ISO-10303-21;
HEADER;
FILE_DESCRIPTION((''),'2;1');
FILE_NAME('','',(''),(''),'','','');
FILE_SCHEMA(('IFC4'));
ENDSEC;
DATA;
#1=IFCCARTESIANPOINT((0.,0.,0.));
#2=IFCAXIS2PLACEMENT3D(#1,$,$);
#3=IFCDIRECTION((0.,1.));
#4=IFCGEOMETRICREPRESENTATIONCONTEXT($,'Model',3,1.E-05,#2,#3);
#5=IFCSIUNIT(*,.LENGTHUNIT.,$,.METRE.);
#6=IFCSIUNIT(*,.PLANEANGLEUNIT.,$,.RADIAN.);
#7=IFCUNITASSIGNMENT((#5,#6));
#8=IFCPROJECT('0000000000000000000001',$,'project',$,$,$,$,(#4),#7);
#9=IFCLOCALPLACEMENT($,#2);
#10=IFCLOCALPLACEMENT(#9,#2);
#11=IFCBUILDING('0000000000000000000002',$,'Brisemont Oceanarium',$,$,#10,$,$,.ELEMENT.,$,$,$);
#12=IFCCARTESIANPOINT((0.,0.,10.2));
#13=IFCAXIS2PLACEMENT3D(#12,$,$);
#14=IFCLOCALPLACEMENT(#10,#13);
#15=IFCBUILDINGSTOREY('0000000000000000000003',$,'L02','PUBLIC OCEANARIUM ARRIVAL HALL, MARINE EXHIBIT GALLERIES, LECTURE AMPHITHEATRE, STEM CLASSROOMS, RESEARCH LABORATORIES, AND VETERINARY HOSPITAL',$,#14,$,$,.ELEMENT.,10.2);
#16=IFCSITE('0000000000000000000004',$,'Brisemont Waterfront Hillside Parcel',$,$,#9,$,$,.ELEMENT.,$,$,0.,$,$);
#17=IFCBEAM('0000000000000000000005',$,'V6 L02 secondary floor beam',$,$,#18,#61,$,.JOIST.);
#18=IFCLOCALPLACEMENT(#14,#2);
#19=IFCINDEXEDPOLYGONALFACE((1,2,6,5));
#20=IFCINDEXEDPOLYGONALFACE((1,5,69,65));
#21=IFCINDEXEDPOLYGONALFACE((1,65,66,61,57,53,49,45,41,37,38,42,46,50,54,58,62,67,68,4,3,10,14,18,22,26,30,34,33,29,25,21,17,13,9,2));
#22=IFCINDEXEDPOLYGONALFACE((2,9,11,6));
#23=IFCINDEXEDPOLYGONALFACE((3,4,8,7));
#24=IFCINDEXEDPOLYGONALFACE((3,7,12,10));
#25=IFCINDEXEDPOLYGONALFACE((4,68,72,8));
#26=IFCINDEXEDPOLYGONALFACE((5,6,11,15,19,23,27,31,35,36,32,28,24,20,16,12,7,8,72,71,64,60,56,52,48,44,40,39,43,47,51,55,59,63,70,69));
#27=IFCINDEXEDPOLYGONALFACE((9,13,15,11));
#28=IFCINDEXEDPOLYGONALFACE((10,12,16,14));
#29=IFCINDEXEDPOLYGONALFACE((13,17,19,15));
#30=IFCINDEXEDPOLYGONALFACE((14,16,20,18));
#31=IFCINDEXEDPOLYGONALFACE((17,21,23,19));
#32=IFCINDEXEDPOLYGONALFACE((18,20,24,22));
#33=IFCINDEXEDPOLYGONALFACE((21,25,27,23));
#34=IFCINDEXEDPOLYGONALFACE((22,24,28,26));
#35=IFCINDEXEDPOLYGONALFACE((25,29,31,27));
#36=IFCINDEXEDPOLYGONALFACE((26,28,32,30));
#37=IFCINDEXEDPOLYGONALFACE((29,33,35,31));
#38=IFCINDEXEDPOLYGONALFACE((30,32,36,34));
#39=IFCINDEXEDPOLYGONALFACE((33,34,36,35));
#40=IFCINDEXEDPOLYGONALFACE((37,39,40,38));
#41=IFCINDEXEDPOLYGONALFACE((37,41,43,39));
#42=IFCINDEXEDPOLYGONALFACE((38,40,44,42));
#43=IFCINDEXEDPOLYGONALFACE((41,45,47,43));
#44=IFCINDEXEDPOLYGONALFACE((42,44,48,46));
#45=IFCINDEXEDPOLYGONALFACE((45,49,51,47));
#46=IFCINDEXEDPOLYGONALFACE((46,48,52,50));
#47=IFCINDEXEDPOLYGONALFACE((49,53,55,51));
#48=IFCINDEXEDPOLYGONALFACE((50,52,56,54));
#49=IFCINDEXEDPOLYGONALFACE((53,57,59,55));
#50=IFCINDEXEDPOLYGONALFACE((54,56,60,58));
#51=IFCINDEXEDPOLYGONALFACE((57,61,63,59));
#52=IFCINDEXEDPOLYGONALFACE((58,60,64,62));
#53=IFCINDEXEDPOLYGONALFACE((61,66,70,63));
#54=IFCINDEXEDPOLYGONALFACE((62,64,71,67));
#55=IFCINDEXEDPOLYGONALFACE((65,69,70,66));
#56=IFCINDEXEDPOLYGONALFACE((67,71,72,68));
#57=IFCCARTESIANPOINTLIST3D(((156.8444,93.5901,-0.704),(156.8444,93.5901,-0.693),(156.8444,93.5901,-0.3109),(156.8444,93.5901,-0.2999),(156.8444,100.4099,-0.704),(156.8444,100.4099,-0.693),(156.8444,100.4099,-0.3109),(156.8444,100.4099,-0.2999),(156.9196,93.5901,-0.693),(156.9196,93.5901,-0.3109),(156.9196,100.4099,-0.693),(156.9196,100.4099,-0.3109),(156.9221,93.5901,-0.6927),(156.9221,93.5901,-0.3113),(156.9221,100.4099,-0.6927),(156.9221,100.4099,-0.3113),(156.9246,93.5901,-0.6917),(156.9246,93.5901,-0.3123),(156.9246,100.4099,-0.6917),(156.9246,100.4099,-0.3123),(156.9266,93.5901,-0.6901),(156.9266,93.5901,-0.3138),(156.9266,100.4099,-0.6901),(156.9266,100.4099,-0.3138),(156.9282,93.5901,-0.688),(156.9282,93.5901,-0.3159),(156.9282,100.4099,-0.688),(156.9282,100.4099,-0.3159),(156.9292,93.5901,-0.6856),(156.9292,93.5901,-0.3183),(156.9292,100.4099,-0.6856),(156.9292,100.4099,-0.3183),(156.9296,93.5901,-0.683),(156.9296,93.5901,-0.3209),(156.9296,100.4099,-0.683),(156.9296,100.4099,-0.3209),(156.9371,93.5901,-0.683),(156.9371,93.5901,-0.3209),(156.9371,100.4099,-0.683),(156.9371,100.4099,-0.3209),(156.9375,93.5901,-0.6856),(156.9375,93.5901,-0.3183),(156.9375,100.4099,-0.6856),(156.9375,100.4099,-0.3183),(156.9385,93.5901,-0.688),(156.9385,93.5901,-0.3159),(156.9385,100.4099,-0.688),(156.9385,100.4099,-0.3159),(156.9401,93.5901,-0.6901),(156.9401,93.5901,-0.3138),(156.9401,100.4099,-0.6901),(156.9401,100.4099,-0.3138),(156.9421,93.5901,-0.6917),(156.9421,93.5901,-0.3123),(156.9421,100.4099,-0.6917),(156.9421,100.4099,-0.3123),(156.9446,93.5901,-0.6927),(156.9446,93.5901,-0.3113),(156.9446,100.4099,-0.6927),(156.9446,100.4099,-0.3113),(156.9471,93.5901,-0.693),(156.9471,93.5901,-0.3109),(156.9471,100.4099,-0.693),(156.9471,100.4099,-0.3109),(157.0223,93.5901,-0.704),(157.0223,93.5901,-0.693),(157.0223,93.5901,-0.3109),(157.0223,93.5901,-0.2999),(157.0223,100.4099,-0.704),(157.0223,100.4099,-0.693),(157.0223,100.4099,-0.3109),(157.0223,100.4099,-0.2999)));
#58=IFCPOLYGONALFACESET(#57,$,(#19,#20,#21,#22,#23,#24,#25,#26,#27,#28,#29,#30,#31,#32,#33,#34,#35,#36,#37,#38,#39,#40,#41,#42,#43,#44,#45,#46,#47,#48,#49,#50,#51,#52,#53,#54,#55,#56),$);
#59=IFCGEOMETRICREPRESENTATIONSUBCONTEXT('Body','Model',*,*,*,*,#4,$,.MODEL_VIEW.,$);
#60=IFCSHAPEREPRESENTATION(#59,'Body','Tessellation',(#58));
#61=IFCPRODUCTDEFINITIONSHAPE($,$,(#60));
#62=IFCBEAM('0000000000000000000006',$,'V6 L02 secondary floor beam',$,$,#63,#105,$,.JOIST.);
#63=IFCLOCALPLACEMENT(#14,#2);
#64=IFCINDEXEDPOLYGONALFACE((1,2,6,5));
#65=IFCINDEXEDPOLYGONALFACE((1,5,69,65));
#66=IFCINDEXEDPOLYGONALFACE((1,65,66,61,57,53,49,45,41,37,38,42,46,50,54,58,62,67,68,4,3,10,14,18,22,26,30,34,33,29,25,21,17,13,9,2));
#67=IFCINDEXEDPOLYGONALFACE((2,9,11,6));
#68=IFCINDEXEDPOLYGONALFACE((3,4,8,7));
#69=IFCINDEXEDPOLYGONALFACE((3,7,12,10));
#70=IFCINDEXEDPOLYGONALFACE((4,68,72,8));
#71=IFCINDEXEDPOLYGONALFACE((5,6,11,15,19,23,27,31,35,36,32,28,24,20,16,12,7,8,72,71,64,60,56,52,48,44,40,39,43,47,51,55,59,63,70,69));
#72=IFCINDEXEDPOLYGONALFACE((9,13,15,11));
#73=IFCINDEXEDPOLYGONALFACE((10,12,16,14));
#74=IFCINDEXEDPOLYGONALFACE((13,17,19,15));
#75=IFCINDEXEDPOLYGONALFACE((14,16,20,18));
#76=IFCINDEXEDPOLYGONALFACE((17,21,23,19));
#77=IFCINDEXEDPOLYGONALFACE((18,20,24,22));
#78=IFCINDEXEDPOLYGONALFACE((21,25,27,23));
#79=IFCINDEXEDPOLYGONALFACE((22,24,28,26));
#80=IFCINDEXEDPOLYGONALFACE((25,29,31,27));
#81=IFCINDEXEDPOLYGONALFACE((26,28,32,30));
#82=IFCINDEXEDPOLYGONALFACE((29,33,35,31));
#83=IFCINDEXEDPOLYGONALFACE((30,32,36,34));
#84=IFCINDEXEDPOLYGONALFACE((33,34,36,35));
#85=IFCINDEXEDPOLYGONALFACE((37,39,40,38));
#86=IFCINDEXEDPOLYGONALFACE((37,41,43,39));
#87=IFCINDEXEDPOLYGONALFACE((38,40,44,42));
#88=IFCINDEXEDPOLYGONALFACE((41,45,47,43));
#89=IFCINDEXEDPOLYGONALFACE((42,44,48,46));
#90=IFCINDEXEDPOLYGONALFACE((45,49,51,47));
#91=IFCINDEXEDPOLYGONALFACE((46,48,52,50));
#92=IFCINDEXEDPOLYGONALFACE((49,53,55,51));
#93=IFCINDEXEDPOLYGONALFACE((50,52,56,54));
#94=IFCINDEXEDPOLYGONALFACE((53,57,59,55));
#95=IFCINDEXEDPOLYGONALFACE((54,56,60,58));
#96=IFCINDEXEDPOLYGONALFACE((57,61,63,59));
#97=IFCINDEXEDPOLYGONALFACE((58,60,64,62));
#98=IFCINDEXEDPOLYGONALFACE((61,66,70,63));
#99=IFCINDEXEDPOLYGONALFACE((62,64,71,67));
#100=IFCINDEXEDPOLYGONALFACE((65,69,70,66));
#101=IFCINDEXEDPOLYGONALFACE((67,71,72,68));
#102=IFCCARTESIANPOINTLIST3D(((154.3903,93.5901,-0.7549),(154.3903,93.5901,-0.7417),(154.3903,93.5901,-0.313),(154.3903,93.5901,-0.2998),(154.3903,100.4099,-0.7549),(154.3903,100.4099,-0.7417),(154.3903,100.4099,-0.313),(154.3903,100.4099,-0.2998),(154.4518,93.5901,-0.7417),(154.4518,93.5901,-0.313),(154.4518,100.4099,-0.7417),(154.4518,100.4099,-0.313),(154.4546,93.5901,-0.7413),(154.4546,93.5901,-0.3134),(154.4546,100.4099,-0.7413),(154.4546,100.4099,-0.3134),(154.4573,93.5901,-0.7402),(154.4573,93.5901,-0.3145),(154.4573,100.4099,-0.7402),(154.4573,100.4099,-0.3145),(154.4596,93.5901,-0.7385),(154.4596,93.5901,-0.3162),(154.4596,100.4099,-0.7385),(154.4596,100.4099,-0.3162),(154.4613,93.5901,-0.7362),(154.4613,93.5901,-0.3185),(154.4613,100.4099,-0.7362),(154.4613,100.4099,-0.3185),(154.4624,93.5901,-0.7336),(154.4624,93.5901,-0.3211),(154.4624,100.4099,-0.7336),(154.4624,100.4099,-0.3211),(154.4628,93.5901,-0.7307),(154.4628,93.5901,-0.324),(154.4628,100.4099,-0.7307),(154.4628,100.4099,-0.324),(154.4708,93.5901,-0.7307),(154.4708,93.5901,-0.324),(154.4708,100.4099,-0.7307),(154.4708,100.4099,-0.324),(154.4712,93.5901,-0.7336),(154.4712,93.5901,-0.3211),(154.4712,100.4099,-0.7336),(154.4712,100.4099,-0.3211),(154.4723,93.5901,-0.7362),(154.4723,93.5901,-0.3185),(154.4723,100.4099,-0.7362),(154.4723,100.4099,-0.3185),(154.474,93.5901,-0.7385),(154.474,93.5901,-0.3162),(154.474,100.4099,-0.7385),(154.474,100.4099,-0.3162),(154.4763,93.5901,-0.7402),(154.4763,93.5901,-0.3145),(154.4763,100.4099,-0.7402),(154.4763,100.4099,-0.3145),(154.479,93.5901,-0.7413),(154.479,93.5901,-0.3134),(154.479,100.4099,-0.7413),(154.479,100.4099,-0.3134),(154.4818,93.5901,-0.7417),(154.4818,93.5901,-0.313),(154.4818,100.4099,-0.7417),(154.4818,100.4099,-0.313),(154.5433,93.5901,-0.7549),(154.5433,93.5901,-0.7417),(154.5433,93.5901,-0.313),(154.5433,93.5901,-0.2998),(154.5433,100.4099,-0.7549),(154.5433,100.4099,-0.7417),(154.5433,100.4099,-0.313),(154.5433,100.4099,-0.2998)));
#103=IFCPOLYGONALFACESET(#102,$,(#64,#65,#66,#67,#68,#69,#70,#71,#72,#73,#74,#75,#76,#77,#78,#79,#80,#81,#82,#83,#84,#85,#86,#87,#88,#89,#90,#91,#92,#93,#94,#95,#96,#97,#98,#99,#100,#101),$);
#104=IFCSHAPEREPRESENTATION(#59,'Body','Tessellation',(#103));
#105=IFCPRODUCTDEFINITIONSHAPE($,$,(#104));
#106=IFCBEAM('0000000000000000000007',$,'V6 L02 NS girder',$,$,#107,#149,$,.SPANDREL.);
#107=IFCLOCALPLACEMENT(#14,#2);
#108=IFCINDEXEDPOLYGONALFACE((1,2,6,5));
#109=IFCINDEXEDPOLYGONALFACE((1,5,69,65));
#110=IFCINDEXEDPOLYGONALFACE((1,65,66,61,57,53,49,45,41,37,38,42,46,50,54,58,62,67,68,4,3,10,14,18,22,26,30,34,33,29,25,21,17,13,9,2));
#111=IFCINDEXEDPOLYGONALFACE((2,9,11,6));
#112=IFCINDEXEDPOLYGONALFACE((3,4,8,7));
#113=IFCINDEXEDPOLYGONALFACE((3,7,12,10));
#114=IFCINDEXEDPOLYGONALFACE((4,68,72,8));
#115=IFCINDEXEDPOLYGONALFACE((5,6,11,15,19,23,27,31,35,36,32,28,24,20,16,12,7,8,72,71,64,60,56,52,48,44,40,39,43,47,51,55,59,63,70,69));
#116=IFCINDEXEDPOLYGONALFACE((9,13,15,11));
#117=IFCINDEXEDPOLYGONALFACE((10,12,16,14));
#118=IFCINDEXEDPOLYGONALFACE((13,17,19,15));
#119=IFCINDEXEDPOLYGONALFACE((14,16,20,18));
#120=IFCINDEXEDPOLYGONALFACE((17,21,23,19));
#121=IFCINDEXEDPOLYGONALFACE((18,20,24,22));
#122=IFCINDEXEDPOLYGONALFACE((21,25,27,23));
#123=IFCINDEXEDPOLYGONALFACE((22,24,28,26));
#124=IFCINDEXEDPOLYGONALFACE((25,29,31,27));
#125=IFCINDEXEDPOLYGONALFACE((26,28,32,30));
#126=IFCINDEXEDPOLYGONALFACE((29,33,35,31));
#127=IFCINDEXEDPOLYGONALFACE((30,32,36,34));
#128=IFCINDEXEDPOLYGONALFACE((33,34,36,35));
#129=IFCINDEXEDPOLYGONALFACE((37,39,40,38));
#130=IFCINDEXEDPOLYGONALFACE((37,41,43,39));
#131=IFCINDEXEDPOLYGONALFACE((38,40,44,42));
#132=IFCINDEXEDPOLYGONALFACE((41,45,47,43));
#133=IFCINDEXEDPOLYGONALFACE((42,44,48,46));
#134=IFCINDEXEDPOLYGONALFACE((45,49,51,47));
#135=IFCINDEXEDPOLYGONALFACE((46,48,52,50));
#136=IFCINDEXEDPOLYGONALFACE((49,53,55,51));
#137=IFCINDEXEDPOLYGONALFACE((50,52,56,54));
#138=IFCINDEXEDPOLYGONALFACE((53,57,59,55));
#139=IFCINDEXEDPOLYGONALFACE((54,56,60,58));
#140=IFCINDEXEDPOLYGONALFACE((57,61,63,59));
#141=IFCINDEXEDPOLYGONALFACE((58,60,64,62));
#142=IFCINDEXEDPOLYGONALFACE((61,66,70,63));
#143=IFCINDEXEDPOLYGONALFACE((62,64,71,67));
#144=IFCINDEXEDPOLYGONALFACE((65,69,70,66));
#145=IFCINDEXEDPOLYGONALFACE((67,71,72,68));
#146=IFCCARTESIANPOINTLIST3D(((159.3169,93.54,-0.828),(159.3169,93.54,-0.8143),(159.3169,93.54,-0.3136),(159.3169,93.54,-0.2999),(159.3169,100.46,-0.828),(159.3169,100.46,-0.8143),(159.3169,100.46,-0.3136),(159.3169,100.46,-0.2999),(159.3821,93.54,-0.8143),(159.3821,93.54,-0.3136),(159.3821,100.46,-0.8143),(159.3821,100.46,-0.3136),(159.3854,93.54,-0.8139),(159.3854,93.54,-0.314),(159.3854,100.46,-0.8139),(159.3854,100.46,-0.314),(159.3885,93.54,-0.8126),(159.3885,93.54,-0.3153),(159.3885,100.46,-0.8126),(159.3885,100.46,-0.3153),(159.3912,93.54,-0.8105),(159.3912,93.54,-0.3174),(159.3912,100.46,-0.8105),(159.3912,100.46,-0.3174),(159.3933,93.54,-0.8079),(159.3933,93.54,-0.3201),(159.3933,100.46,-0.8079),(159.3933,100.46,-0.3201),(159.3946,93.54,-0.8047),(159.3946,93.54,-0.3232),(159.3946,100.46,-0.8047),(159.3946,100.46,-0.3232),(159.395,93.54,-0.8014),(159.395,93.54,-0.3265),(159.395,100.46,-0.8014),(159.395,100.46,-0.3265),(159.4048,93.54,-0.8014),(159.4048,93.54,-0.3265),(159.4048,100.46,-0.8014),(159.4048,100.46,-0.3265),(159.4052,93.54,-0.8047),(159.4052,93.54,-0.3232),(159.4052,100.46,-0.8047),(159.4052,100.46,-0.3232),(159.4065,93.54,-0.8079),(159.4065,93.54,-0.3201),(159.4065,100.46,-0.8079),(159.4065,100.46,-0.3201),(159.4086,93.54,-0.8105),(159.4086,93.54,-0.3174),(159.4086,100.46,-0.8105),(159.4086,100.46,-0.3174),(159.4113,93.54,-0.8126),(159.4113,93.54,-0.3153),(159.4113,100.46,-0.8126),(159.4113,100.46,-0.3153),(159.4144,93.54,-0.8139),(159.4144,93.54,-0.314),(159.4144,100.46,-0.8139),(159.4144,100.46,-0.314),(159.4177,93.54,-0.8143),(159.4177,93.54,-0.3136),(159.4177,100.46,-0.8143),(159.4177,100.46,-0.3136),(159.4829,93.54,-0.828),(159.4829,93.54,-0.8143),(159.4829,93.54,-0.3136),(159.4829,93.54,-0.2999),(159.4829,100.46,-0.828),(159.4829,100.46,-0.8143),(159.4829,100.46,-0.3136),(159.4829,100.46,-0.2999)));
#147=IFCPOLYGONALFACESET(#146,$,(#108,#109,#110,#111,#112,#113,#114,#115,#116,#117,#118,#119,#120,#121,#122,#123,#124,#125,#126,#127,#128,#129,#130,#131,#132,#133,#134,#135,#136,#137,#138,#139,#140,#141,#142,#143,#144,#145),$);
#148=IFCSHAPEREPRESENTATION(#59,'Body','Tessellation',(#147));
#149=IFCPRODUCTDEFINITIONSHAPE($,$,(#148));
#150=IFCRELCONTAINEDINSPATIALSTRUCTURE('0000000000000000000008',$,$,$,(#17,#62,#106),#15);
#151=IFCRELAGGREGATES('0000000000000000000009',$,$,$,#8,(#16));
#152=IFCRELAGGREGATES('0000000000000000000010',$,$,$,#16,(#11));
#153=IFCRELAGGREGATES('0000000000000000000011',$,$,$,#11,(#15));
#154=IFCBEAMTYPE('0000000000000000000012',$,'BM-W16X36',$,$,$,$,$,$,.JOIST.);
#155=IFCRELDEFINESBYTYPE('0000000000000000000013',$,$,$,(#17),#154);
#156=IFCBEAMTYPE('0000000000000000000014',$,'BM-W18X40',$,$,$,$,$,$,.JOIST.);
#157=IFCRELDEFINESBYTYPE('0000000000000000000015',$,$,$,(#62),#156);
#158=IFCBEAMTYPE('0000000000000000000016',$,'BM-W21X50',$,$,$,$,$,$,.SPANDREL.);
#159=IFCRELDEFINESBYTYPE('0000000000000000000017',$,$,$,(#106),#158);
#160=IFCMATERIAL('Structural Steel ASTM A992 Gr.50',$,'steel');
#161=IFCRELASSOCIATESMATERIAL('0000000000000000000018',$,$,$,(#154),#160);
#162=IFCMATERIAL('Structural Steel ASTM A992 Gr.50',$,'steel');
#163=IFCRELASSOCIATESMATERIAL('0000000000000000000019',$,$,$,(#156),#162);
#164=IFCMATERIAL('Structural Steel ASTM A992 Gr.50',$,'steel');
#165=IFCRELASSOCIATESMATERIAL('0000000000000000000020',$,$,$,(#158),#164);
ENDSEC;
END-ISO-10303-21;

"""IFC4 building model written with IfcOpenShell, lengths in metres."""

from ifc_helpers import new_model, si_unit, direction, frame, origin, origin_2d, place, context, subcontext, project, spatial, i_section, extrude, material, material_profile, profile_set, type_object, element, save


model = new_model("IFC4")

# Units and contexts
model_context = context("Model", 3, precision=1e-05, world=origin(), true_north=direction((0.0, 1.0)))
body_context = subcontext(model_context, "Body", "Model", "MODEL_VIEW")
ifc_project = project(units=[si_unit("LENGTHUNIT", "METRE"), si_unit("PLANEANGLEUNIT", "RADIAN")], contexts=[model_context])

# Site, building, storey
site_placement = place(None, origin())
site = spatial("IfcSite", under=ifc_project, at=site_placement, Name="Brisemont Waterfront Hillside Parcel", CompositionType="ELEMENT", RefElevation=0.0)
building_placement = place(site_placement, origin())
building = spatial("IfcBuilding", under=site, at=building_placement, Name="Brisemont Oceanarium", CompositionType="ELEMENT")
storey_placement = place(building_placement, frame((0.0, 0.0, 10.2)))
storey = spatial("IfcBuildingStorey", under=building, at=storey_placement, Name="L02", Description="PUBLIC OCEANARIUM ARRIVAL HALL, MARINE EXHIBIT GALLERIES, LECTURE AMPHITHEATRE, STEM CLASSROOMS, RESEARCH LABORATORIES, AND VETERINARY HOSPITAL", CompositionType="ELEMENT", Elevation=10.2)

# Beams
ifc_material_1 = material(Name="Structural Steel ASTM A992 Gr.50", Category="steel")
ifc_material_profile_1 = material_profile(ifc_material_1, i_section(OverallWidth=0.178, OverallDepth=0.4041, WebThickness=0.0076, FlangeThickness=0.011, FilletRadius=0.01, at=origin_2d()), Name="W16X36")
ifc_profile_set_1 = profile_set([ifc_material_profile_1], Name="Structural Steel ASTM A992 Gr.50")
beam_type_1 = type_object("IfcBeamType", Name="BM-W16X36", PredefinedType="JOIST", material=ifc_profile_set_1)
beam_1_placement = place(storey_placement, frame((156.9333, 93.5901, -0.502), z_axis=(0.0, 1.0, 0.0), x_axis=(-1.0, 0.0, 0.0)))
element("IfcBeam", 1, at=beam_1_placement, inside=storey, type_object=beam_type_1, Name="V6 L02 secondary floor beam", PredefinedType="JOIST", context=body_context, shape_type="SweptSolid", body=[
    extrude(i_section(OverallWidth=0.178, OverallDepth=0.4041, WebThickness=0.0076, FlangeThickness=0.011, FilletRadius=0.01, at=origin_2d()), origin(), (0.0, 0.0, 1.0), 6.8198),
])
ifc_material_2 = material(Name="Structural Steel ASTM A992 Gr.50", Category="steel")
ifc_material_profile_2 = material_profile(ifc_material_2, i_section(OverallWidth=0.1531, OverallDepth=0.4551, WebThickness=0.0081, FlangeThickness=0.0132, FilletRadius=0.011, at=origin_2d()), Name="W18X40")
ifc_profile_set_2 = profile_set([ifc_material_profile_2], Name="Structural Steel ASTM A992 Gr.50")
beam_type_2 = type_object("IfcBeamType", Name="BM-W18X40", PredefinedType="JOIST", material=ifc_profile_set_2)
beam_2_placement = place(storey_placement, frame((154.4668, 93.5901, -0.5273), z_axis=(0.0, 1.0, 0.0), x_axis=(-1.0, 0.0, 0.0)))
element("IfcBeam", 2, at=beam_2_placement, inside=storey, type_object=beam_type_2, Name="V6 L02 secondary floor beam", PredefinedType="JOIST", context=body_context, shape_type="SweptSolid", body=[
    extrude(i_section(OverallWidth=0.1531, OverallDepth=0.4551, WebThickness=0.0081, FlangeThickness=0.0132, FilletRadius=0.011, at=origin_2d()), origin(), (0.0, 0.0, 1.0), 6.8198),
])
ifc_material_3 = material(Name="Structural Steel ASTM A992 Gr.50", Category="steel")
ifc_material_profile_3 = material_profile(ifc_material_3, i_section(OverallWidth=0.166, OverallDepth=0.5281, WebThickness=0.0098, FlangeThickness=0.0137, FilletRadius=0.0129, at=origin_2d()), Name="W21X50")
ifc_profile_set_3 = profile_set([ifc_material_profile_3], Name="Structural Steel ASTM A992 Gr.50")
beam_type_3 = type_object("IfcBeamType", Name="BM-W21X50", PredefinedType="SPANDREL", material=ifc_profile_set_3)
beam_3_placement = place(storey_placement, frame((159.3999, 93.54, -0.564), z_axis=(0.0, 1.0, 0.0), x_axis=(-1.0, 0.0, 0.0)))
element("IfcBeam", 3, at=beam_3_placement, inside=storey, type_object=beam_type_3, Name="V6 L02 NS girder", PredefinedType="SPANDREL", context=body_context, shape_type="SweptSolid", body=[
    extrude(i_section(OverallWidth=0.166, OverallDepth=0.5281, WebThickness=0.0098, FlangeThickness=0.0137, FilletRadius=0.0129, at=origin_2d()), origin(), (0.0, 0.0, 1.0), 6.9199),
])

save(model, "model.ifc")
